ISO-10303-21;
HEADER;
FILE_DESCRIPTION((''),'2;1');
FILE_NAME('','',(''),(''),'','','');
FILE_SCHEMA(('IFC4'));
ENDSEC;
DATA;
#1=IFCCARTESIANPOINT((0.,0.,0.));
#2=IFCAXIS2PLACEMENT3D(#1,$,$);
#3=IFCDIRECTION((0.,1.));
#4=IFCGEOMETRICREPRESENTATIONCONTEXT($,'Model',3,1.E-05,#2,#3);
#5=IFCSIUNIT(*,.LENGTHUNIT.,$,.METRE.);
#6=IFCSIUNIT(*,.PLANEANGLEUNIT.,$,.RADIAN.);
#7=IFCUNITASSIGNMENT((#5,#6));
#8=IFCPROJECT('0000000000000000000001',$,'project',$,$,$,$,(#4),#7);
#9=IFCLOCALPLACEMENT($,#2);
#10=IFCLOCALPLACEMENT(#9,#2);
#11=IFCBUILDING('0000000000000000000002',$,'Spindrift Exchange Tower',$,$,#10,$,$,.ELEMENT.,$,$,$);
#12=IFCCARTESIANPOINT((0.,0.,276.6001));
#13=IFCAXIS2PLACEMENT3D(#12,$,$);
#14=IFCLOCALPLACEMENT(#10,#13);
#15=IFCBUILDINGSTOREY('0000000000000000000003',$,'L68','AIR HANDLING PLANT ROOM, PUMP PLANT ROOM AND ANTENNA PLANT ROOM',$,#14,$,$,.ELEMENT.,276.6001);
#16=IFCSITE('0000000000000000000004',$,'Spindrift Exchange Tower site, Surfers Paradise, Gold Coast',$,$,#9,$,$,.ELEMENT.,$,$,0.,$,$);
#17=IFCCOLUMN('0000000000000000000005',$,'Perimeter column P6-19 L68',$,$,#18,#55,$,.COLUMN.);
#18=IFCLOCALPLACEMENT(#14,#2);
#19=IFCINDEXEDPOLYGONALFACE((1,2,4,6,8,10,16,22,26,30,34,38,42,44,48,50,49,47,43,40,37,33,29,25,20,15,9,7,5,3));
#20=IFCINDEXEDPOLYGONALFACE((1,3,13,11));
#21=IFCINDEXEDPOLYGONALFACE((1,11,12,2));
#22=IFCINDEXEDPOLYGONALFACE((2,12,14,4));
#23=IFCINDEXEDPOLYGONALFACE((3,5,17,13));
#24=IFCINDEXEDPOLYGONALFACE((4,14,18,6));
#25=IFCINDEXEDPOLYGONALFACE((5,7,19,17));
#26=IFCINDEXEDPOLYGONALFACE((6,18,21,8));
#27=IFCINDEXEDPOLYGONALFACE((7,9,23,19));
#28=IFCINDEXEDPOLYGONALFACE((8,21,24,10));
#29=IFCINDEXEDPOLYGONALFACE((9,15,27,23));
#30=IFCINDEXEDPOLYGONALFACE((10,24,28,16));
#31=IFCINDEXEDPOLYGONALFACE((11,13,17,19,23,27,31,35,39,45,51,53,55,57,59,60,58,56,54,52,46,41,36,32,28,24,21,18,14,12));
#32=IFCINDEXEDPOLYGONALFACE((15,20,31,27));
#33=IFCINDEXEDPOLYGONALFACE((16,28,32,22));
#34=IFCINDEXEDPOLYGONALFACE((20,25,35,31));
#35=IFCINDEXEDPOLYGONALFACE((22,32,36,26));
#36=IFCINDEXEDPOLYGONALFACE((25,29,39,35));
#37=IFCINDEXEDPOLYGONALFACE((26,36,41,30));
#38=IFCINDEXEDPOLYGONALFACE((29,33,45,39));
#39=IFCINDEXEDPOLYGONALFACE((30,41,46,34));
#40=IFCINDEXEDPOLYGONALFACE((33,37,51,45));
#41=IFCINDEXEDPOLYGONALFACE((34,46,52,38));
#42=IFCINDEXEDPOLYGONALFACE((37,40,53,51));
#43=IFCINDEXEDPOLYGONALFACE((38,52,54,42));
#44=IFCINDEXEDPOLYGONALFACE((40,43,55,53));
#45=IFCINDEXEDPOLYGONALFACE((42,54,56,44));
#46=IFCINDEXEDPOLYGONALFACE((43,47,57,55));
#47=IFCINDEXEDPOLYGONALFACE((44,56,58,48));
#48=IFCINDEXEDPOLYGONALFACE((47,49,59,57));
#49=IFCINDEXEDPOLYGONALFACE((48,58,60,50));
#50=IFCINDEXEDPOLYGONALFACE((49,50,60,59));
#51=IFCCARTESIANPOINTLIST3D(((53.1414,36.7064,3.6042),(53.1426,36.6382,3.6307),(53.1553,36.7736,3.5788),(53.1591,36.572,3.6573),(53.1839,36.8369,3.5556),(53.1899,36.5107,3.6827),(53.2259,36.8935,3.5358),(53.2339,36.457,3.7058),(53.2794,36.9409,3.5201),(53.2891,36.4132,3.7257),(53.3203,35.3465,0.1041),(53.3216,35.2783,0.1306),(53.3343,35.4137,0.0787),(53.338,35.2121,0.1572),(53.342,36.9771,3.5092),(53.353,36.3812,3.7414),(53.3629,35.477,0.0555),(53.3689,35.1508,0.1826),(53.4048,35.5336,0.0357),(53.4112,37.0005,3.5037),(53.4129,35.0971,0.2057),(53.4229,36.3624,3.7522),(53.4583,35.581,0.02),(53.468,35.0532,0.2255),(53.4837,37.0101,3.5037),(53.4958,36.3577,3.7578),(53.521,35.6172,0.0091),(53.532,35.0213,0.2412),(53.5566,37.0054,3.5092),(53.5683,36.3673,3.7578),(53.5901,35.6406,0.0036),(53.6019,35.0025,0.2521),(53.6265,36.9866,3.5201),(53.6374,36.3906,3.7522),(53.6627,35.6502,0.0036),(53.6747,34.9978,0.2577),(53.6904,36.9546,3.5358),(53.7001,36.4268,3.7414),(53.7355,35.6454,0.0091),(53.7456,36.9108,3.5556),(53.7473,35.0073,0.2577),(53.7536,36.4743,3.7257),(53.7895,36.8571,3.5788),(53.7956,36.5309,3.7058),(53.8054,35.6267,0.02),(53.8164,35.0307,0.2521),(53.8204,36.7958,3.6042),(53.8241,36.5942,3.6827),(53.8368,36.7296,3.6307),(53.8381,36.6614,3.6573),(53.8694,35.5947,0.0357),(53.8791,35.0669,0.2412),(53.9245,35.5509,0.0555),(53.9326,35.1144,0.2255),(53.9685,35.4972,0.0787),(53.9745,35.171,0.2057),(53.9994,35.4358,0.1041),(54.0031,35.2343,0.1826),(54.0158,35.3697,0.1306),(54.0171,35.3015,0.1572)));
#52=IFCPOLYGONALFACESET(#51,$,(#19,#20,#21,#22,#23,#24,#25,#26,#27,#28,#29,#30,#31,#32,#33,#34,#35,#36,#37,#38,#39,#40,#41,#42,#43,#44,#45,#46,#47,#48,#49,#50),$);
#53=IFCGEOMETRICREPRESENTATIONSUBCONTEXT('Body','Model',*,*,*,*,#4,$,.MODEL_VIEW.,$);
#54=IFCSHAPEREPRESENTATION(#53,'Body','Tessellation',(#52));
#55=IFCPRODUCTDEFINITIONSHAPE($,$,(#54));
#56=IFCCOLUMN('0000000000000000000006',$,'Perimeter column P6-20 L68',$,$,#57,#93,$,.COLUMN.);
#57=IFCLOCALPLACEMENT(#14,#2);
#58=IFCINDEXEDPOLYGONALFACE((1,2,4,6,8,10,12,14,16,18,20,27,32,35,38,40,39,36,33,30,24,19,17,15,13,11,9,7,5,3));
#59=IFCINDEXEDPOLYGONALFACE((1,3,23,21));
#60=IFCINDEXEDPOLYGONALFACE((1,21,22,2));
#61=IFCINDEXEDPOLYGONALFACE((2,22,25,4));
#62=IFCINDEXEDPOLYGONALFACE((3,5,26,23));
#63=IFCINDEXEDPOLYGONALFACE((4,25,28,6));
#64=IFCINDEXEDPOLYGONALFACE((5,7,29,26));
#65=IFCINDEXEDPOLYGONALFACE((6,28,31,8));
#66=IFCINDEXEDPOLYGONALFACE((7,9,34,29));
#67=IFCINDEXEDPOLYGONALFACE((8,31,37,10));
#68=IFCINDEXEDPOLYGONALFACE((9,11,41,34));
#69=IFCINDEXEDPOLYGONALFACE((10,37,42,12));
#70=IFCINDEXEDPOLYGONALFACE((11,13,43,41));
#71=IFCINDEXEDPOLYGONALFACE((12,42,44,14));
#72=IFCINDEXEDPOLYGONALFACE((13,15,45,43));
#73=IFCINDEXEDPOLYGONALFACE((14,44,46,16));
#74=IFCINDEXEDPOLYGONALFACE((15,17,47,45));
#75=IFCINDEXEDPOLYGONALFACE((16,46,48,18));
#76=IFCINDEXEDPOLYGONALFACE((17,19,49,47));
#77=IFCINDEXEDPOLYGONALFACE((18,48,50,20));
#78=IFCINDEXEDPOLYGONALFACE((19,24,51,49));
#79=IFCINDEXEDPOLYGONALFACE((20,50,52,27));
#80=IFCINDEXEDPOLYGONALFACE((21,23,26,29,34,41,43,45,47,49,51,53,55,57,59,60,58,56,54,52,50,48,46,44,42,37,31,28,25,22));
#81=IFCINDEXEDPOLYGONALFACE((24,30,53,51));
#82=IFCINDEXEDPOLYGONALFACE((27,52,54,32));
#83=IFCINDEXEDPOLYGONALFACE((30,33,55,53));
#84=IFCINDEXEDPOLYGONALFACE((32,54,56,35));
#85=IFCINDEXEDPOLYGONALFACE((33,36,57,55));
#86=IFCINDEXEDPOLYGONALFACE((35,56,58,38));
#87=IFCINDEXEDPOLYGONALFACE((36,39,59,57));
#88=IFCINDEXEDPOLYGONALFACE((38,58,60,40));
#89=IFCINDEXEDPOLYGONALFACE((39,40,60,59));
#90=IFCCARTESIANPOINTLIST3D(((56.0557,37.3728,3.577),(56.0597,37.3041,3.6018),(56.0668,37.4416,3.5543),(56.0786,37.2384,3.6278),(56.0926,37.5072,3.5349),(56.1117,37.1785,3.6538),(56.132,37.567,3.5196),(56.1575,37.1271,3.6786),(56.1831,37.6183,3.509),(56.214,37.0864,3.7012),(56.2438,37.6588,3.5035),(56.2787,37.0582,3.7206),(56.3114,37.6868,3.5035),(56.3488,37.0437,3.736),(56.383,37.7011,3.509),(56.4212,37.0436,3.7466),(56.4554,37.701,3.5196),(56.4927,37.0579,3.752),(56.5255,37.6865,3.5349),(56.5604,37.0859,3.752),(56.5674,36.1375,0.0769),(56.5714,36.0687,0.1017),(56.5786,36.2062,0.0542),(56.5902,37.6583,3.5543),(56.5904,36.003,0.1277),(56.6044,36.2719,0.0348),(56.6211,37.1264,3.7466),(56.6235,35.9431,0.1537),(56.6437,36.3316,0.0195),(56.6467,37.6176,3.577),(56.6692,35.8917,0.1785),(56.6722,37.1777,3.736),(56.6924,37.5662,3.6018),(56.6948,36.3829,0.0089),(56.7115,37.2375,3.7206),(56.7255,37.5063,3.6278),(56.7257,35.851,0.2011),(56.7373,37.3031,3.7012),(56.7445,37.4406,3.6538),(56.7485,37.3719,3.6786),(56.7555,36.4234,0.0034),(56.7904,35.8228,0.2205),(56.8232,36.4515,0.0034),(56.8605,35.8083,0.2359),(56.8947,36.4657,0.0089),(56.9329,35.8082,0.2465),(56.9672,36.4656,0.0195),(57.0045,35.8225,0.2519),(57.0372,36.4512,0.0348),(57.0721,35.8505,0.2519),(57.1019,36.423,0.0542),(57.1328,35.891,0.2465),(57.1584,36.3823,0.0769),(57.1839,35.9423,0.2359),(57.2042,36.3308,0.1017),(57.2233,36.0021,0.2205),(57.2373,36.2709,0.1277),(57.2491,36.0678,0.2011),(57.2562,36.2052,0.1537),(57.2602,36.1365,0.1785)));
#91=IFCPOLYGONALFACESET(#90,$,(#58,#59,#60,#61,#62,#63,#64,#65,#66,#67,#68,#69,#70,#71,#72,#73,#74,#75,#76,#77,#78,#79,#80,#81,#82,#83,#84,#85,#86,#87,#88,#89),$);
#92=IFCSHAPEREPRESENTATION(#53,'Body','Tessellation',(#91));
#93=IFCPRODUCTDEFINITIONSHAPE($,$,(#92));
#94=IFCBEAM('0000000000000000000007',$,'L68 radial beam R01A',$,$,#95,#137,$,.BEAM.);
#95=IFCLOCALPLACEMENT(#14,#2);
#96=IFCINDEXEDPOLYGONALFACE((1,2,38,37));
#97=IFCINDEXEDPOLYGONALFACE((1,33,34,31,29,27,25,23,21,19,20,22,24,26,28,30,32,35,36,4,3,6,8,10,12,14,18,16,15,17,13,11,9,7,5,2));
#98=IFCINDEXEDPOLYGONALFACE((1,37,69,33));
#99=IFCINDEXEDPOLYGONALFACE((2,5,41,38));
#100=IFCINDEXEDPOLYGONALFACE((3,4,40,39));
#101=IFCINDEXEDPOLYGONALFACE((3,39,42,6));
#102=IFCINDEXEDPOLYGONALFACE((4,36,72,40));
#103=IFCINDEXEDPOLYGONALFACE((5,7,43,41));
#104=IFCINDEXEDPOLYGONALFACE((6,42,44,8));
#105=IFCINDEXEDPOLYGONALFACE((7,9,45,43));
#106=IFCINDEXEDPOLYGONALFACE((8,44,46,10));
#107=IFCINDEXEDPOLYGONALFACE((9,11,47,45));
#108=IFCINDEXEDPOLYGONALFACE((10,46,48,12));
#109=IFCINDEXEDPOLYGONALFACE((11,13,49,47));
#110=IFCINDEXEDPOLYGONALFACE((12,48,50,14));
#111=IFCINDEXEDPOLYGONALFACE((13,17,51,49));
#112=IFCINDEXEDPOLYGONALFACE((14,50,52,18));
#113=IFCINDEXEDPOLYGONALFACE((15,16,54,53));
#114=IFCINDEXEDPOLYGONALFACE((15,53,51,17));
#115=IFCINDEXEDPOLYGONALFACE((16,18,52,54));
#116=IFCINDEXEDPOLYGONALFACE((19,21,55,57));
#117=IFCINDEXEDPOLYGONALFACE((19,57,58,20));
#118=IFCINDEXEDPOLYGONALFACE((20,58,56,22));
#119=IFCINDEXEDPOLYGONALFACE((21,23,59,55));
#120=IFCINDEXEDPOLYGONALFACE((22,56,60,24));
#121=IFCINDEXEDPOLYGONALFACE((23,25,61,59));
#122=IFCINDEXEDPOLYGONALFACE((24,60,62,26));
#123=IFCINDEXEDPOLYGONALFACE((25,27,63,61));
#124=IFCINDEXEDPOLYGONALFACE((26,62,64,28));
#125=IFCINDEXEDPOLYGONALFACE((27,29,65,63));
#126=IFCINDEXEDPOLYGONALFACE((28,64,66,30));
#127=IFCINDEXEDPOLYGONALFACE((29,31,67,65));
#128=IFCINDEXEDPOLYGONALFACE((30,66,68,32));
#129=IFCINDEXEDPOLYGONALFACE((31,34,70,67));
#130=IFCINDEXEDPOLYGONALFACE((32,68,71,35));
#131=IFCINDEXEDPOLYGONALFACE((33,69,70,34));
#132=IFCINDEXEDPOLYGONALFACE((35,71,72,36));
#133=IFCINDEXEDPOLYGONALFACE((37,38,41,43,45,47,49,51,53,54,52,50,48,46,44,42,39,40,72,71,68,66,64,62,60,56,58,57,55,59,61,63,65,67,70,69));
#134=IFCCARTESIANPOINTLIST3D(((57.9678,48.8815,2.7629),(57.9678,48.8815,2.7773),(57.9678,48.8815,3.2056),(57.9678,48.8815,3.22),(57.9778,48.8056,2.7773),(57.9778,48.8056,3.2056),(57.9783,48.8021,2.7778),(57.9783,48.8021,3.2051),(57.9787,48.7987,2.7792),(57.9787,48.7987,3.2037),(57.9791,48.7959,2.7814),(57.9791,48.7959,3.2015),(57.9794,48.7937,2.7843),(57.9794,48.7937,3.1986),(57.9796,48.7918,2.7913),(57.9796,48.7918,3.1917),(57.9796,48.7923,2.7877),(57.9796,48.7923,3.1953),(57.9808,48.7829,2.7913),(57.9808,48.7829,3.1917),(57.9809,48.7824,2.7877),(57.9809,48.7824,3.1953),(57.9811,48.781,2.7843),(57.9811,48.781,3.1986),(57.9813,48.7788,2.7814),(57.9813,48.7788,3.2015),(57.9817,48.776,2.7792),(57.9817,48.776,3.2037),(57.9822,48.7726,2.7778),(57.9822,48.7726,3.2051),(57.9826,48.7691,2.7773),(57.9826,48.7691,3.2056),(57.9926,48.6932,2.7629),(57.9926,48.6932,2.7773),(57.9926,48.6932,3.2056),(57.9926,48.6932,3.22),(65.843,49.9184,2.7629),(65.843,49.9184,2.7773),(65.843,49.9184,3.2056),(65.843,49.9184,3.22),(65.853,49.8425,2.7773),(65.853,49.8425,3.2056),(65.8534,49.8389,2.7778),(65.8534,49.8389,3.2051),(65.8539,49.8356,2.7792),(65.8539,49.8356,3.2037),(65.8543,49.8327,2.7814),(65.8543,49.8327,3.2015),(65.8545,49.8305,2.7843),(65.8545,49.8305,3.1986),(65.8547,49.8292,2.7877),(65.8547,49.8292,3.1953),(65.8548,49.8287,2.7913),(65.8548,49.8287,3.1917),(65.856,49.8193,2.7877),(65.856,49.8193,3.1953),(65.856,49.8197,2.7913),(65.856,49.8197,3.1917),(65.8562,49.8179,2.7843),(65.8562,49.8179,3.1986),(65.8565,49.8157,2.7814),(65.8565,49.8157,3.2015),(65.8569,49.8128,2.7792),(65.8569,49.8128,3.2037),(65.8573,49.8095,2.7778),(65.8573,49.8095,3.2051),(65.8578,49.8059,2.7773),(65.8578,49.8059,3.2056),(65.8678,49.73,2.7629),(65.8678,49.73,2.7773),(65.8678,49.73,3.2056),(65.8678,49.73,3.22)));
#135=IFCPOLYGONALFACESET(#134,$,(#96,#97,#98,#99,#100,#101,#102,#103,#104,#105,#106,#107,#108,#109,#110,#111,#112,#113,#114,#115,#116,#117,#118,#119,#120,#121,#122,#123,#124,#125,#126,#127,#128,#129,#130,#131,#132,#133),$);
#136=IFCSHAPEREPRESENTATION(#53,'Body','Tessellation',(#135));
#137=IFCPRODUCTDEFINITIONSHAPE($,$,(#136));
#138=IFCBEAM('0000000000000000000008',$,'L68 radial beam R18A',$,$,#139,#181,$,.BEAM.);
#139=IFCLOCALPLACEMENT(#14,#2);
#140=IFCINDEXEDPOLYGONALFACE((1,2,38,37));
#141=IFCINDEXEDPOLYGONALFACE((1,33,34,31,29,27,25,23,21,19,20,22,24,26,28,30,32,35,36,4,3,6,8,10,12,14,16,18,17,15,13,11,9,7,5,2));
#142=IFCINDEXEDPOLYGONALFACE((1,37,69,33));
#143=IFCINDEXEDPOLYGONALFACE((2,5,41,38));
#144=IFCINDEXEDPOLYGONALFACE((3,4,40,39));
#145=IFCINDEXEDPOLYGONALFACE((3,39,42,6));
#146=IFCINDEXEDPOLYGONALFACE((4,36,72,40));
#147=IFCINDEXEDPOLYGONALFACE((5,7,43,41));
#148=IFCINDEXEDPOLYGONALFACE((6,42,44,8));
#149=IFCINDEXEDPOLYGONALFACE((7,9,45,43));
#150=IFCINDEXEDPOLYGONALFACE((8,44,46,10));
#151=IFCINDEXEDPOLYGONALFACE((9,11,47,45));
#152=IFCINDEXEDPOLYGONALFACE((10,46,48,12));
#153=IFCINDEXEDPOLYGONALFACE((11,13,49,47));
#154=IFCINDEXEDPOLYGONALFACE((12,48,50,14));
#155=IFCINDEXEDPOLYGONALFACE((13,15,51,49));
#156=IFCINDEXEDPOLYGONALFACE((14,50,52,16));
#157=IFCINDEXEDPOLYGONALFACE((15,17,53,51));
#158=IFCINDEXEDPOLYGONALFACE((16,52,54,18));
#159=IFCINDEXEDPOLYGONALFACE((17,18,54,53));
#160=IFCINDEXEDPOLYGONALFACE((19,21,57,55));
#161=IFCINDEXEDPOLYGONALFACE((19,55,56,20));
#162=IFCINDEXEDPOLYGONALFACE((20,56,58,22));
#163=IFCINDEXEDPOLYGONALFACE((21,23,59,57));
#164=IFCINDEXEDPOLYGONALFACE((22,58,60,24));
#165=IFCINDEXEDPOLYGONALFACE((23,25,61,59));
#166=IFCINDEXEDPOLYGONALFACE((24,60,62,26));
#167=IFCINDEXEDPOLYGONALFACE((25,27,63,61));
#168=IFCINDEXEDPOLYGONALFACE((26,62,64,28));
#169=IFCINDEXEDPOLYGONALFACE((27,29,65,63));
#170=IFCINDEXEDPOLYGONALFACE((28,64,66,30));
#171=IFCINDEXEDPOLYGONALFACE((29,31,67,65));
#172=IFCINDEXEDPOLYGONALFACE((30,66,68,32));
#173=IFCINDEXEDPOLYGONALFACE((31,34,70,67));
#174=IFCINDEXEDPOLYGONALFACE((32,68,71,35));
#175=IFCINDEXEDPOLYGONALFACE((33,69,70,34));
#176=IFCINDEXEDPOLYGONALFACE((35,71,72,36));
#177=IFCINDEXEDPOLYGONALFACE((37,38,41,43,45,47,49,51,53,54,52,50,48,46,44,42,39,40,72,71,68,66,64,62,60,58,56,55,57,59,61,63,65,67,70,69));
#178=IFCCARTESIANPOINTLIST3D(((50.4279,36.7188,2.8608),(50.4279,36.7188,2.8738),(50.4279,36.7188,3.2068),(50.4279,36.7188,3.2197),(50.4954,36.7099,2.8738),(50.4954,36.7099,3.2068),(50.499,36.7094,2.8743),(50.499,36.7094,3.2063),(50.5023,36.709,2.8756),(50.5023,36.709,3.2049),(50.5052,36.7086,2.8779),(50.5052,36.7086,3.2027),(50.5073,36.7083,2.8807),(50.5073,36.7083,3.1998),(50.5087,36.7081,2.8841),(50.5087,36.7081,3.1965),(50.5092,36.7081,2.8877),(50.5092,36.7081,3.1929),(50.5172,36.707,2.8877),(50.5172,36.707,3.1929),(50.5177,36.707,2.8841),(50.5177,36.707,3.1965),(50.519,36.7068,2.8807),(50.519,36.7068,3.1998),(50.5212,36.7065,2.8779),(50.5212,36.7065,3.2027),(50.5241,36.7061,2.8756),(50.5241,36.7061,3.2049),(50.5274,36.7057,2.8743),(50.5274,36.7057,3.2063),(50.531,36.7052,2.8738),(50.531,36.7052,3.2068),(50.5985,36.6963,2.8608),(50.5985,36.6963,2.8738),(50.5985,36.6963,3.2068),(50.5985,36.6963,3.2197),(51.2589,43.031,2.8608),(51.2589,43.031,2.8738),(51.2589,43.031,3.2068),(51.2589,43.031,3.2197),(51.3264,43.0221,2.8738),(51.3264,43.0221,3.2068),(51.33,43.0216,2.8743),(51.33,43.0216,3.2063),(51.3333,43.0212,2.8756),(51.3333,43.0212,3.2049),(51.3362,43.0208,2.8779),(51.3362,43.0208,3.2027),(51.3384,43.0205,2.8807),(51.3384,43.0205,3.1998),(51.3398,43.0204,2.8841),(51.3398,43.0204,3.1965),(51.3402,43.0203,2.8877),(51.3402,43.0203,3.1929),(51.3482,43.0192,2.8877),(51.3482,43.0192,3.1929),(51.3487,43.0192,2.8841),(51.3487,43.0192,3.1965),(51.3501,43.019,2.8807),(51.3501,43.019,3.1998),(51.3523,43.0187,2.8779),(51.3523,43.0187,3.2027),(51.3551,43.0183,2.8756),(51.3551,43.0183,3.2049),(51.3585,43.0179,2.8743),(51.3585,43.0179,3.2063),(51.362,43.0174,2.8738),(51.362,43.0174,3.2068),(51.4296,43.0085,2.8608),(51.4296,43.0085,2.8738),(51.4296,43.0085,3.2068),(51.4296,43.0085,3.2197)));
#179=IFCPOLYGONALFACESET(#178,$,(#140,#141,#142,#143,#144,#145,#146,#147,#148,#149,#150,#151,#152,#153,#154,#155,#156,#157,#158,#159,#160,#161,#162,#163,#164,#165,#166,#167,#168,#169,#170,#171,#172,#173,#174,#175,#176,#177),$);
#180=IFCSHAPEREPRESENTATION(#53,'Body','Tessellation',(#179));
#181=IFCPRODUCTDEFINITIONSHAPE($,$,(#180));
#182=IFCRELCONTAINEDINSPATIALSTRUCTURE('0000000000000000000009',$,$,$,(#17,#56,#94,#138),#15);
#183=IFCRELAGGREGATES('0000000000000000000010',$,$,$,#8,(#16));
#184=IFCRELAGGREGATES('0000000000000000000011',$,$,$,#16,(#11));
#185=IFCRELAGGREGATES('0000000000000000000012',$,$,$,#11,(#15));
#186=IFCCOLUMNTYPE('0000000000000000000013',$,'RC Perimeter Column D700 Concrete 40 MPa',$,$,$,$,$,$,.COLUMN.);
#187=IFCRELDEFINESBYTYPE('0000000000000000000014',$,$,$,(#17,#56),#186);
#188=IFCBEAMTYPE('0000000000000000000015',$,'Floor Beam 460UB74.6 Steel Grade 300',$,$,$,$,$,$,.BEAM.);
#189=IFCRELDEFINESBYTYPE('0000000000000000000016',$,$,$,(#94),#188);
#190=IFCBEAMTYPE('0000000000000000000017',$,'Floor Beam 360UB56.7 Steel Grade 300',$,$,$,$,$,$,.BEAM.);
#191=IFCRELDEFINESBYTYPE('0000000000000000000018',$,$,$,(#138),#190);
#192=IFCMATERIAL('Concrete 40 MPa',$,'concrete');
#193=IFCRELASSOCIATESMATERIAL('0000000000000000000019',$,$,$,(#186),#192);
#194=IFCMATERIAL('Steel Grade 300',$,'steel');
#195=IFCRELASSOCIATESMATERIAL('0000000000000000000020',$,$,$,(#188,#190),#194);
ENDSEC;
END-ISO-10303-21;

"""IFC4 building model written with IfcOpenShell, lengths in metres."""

from ifc_helpers import new_model, si_unit, direction, frame, origin, origin_2d, place, context, subcontext, project, spatial, circle, i_section, extrude, source, transform, mapped, material, material_profile, profile_set, type_object, element, save


model = new_model("IFC4")

# Units and contexts
model_context = context("Model", 3, precision=1e-05, world=origin(), true_north=direction((0.0, 1.0)))
body_context = subcontext(model_context, "Body", "Model", "MODEL_VIEW")
ifc_project = project(units=[si_unit("LENGTHUNIT", "METRE"), si_unit("PLANEANGLEUNIT", "RADIAN")], contexts=[model_context])

# Site, building, storey
site_placement = place(None, origin())
site = spatial("IfcSite", under=ifc_project, at=site_placement, Name="Spindrift Exchange Tower site, Surfers Paradise, Gold Coast", CompositionType="ELEMENT", RefElevation=0.0)
building_placement = place(site_placement, origin())
building = spatial("IfcBuilding", under=site, at=building_placement, Name="Spindrift Exchange Tower", CompositionType="ELEMENT")
storey_placement = place(building_placement, frame((0.0, 0.0, 276.6001)))
storey = spatial("IfcBuildingStorey", under=building, at=storey_placement, Name="L68", Description="AIR HANDLING PLANT ROOM, PUMP PLANT ROOM AND ANTENNA PLANT ROOM", CompositionType="ELEMENT", Elevation=276.6001)

# Columns
ifc_material_1 = material(Name="Concrete 40 MPa", Category="concrete")
ifc_material_profile_1 = material_profile(ifc_material_1, circle(Radius=0.3501, at=origin_2d()), Name="RC D700")
ifc_profile_set_1 = profile_set([ifc_material_profile_1], Name="Concrete 40 MPa")
column_type = type_object("IfcColumnType", Name="RC Perimeter Column D700 Concrete 40 MPa", PredefinedType="COLUMN", material=ifc_profile_set_1)
shared_shape_1 = source(origin(), body_context, "Body", "SweptSolid", [
    extrude(circle(Radius=0.3501, at=origin_2d()), origin(), (0.0, 0.0, 1.0), 3.7593),
])
column_1_placement = place(storey_placement, frame((53.6687, 35.324, 0.1306), z_axis=(-0.047605, 0.361747, 0.93106), x_axis=(-0.991452, -0.130473, 0.0)))
element("IfcColumn", 1, at=column_1_placement, inside=storey, type_object=column_type, Name="Perimeter column P6-19 L68", PredefinedType="COLUMN", context=body_context, shape_type="MappedRepresentation", body=[
    mapped(shared_shape_1, transform((0.0, 0.0, 0.0), scale=1.0)),
])
shared_shape_2 = source(origin(), body_context, "Body", "SweptSolid", [
    extrude(circle(Radius=0.3501, at=origin_2d()), origin(), (0.0, 0.0, 1.0), 3.7468),
])
column_2_placement = place(storey_placement, frame((56.9138, 36.137, 0.1277), z_axis=(-0.136578, 0.329715, 0.934149), x_axis=(-0.923874, -0.382696, 0.0)))
element("IfcColumn", 2, at=column_2_placement, inside=storey, type_object=column_type, Name="Perimeter column P6-20 L68", PredefinedType="COLUMN", context=body_context, shape_type="MappedRepresentation", body=[
    mapped(shared_shape_2, transform((0.0, 0.0, 0.0), scale=1.0)),
])

# Beams
ifc_material_2 = material(Name="Steel Grade 300", Category="steel")
ifc_material_profile_2 = material_profile(ifc_material_2, i_section(OverallWidth=0.1899, OverallDepth=0.457, WebThickness=0.009, FlangeThickness=0.0144, FilletRadius=0.0139, at=origin_2d()), Name="460UB74.6")
ifc_profile_set_2 = profile_set([ifc_material_profile_2], Name="Steel Grade 300")
beam_type_1 = type_object("IfcBeamType", Name="Floor Beam 460UB74.6 Steel Grade 300", PredefinedType="BEAM", material=ifc_profile_set_2)
shared_shape_3 = source(origin(), body_context, "Body", "SweptSolid", [
    extrude(i_section(OverallWidth=0.1899, OverallDepth=0.457, WebThickness=0.009, FlangeThickness=0.0144, FilletRadius=0.0139, at=origin_2d()), origin(), (0.0, 0.0, 1.0), 7.9431),
])
beam_1_placement = place(storey_placement, frame((57.9802, 48.7874, 2.9915), z_axis=(0.991444, 0.130535, 0.0), x_axis=(-0.130535, 0.991444, 0.0)))
element("IfcBeam", 3, at=beam_1_placement, inside=storey, type_object=beam_type_1, Name="L68 radial beam R01A", PredefinedType="BEAM", context=body_context, shape_type="MappedRepresentation", body=[
    mapped(shared_shape_3, transform((0.0, 0.0, 0.0), scale=1.0)),
])
ifc_material_profile_3 = material_profile(ifc_material_2, i_section(OverallWidth=0.1721, OverallDepth=0.3589, WebThickness=0.0081, FlangeThickness=0.0129, FilletRadius=0.0139, at=origin_2d()), Name="360UB56.7")
ifc_profile_set_3 = profile_set([ifc_material_profile_3], Name="Steel Grade 300")
beam_type_2 = type_object("IfcBeamType", Name="Floor Beam 360UB56.7 Steel Grade 300", PredefinedType="BEAM", material=ifc_profile_set_3)
shared_shape_4 = source(origin(), body_context, "Body", "SweptSolid", [
    extrude(i_section(OverallWidth=0.1721, OverallDepth=0.3589, WebThickness=0.0081, FlangeThickness=0.0129, FilletRadius=0.0139, at=origin_2d()), origin(), (0.0, 0.0, 1.0), 6.3667),
])
beam_2_placement = place(storey_placement, frame((51.3442, 43.0198, 3.0403), z_axis=(-0.130531, -0.991444, 0.0), x_axis=(0.991444, -0.130531, 0.0)))
element("IfcBeam", 4, at=beam_2_placement, inside=storey, type_object=beam_type_2, Name="L68 radial beam R18A", PredefinedType="BEAM", context=body_context, shape_type="MappedRepresentation", body=[
    mapped(shared_shape_4, transform((0.0, 0.0, 0.0), scale=1.0)),
])

save(model, "model.ifc")
